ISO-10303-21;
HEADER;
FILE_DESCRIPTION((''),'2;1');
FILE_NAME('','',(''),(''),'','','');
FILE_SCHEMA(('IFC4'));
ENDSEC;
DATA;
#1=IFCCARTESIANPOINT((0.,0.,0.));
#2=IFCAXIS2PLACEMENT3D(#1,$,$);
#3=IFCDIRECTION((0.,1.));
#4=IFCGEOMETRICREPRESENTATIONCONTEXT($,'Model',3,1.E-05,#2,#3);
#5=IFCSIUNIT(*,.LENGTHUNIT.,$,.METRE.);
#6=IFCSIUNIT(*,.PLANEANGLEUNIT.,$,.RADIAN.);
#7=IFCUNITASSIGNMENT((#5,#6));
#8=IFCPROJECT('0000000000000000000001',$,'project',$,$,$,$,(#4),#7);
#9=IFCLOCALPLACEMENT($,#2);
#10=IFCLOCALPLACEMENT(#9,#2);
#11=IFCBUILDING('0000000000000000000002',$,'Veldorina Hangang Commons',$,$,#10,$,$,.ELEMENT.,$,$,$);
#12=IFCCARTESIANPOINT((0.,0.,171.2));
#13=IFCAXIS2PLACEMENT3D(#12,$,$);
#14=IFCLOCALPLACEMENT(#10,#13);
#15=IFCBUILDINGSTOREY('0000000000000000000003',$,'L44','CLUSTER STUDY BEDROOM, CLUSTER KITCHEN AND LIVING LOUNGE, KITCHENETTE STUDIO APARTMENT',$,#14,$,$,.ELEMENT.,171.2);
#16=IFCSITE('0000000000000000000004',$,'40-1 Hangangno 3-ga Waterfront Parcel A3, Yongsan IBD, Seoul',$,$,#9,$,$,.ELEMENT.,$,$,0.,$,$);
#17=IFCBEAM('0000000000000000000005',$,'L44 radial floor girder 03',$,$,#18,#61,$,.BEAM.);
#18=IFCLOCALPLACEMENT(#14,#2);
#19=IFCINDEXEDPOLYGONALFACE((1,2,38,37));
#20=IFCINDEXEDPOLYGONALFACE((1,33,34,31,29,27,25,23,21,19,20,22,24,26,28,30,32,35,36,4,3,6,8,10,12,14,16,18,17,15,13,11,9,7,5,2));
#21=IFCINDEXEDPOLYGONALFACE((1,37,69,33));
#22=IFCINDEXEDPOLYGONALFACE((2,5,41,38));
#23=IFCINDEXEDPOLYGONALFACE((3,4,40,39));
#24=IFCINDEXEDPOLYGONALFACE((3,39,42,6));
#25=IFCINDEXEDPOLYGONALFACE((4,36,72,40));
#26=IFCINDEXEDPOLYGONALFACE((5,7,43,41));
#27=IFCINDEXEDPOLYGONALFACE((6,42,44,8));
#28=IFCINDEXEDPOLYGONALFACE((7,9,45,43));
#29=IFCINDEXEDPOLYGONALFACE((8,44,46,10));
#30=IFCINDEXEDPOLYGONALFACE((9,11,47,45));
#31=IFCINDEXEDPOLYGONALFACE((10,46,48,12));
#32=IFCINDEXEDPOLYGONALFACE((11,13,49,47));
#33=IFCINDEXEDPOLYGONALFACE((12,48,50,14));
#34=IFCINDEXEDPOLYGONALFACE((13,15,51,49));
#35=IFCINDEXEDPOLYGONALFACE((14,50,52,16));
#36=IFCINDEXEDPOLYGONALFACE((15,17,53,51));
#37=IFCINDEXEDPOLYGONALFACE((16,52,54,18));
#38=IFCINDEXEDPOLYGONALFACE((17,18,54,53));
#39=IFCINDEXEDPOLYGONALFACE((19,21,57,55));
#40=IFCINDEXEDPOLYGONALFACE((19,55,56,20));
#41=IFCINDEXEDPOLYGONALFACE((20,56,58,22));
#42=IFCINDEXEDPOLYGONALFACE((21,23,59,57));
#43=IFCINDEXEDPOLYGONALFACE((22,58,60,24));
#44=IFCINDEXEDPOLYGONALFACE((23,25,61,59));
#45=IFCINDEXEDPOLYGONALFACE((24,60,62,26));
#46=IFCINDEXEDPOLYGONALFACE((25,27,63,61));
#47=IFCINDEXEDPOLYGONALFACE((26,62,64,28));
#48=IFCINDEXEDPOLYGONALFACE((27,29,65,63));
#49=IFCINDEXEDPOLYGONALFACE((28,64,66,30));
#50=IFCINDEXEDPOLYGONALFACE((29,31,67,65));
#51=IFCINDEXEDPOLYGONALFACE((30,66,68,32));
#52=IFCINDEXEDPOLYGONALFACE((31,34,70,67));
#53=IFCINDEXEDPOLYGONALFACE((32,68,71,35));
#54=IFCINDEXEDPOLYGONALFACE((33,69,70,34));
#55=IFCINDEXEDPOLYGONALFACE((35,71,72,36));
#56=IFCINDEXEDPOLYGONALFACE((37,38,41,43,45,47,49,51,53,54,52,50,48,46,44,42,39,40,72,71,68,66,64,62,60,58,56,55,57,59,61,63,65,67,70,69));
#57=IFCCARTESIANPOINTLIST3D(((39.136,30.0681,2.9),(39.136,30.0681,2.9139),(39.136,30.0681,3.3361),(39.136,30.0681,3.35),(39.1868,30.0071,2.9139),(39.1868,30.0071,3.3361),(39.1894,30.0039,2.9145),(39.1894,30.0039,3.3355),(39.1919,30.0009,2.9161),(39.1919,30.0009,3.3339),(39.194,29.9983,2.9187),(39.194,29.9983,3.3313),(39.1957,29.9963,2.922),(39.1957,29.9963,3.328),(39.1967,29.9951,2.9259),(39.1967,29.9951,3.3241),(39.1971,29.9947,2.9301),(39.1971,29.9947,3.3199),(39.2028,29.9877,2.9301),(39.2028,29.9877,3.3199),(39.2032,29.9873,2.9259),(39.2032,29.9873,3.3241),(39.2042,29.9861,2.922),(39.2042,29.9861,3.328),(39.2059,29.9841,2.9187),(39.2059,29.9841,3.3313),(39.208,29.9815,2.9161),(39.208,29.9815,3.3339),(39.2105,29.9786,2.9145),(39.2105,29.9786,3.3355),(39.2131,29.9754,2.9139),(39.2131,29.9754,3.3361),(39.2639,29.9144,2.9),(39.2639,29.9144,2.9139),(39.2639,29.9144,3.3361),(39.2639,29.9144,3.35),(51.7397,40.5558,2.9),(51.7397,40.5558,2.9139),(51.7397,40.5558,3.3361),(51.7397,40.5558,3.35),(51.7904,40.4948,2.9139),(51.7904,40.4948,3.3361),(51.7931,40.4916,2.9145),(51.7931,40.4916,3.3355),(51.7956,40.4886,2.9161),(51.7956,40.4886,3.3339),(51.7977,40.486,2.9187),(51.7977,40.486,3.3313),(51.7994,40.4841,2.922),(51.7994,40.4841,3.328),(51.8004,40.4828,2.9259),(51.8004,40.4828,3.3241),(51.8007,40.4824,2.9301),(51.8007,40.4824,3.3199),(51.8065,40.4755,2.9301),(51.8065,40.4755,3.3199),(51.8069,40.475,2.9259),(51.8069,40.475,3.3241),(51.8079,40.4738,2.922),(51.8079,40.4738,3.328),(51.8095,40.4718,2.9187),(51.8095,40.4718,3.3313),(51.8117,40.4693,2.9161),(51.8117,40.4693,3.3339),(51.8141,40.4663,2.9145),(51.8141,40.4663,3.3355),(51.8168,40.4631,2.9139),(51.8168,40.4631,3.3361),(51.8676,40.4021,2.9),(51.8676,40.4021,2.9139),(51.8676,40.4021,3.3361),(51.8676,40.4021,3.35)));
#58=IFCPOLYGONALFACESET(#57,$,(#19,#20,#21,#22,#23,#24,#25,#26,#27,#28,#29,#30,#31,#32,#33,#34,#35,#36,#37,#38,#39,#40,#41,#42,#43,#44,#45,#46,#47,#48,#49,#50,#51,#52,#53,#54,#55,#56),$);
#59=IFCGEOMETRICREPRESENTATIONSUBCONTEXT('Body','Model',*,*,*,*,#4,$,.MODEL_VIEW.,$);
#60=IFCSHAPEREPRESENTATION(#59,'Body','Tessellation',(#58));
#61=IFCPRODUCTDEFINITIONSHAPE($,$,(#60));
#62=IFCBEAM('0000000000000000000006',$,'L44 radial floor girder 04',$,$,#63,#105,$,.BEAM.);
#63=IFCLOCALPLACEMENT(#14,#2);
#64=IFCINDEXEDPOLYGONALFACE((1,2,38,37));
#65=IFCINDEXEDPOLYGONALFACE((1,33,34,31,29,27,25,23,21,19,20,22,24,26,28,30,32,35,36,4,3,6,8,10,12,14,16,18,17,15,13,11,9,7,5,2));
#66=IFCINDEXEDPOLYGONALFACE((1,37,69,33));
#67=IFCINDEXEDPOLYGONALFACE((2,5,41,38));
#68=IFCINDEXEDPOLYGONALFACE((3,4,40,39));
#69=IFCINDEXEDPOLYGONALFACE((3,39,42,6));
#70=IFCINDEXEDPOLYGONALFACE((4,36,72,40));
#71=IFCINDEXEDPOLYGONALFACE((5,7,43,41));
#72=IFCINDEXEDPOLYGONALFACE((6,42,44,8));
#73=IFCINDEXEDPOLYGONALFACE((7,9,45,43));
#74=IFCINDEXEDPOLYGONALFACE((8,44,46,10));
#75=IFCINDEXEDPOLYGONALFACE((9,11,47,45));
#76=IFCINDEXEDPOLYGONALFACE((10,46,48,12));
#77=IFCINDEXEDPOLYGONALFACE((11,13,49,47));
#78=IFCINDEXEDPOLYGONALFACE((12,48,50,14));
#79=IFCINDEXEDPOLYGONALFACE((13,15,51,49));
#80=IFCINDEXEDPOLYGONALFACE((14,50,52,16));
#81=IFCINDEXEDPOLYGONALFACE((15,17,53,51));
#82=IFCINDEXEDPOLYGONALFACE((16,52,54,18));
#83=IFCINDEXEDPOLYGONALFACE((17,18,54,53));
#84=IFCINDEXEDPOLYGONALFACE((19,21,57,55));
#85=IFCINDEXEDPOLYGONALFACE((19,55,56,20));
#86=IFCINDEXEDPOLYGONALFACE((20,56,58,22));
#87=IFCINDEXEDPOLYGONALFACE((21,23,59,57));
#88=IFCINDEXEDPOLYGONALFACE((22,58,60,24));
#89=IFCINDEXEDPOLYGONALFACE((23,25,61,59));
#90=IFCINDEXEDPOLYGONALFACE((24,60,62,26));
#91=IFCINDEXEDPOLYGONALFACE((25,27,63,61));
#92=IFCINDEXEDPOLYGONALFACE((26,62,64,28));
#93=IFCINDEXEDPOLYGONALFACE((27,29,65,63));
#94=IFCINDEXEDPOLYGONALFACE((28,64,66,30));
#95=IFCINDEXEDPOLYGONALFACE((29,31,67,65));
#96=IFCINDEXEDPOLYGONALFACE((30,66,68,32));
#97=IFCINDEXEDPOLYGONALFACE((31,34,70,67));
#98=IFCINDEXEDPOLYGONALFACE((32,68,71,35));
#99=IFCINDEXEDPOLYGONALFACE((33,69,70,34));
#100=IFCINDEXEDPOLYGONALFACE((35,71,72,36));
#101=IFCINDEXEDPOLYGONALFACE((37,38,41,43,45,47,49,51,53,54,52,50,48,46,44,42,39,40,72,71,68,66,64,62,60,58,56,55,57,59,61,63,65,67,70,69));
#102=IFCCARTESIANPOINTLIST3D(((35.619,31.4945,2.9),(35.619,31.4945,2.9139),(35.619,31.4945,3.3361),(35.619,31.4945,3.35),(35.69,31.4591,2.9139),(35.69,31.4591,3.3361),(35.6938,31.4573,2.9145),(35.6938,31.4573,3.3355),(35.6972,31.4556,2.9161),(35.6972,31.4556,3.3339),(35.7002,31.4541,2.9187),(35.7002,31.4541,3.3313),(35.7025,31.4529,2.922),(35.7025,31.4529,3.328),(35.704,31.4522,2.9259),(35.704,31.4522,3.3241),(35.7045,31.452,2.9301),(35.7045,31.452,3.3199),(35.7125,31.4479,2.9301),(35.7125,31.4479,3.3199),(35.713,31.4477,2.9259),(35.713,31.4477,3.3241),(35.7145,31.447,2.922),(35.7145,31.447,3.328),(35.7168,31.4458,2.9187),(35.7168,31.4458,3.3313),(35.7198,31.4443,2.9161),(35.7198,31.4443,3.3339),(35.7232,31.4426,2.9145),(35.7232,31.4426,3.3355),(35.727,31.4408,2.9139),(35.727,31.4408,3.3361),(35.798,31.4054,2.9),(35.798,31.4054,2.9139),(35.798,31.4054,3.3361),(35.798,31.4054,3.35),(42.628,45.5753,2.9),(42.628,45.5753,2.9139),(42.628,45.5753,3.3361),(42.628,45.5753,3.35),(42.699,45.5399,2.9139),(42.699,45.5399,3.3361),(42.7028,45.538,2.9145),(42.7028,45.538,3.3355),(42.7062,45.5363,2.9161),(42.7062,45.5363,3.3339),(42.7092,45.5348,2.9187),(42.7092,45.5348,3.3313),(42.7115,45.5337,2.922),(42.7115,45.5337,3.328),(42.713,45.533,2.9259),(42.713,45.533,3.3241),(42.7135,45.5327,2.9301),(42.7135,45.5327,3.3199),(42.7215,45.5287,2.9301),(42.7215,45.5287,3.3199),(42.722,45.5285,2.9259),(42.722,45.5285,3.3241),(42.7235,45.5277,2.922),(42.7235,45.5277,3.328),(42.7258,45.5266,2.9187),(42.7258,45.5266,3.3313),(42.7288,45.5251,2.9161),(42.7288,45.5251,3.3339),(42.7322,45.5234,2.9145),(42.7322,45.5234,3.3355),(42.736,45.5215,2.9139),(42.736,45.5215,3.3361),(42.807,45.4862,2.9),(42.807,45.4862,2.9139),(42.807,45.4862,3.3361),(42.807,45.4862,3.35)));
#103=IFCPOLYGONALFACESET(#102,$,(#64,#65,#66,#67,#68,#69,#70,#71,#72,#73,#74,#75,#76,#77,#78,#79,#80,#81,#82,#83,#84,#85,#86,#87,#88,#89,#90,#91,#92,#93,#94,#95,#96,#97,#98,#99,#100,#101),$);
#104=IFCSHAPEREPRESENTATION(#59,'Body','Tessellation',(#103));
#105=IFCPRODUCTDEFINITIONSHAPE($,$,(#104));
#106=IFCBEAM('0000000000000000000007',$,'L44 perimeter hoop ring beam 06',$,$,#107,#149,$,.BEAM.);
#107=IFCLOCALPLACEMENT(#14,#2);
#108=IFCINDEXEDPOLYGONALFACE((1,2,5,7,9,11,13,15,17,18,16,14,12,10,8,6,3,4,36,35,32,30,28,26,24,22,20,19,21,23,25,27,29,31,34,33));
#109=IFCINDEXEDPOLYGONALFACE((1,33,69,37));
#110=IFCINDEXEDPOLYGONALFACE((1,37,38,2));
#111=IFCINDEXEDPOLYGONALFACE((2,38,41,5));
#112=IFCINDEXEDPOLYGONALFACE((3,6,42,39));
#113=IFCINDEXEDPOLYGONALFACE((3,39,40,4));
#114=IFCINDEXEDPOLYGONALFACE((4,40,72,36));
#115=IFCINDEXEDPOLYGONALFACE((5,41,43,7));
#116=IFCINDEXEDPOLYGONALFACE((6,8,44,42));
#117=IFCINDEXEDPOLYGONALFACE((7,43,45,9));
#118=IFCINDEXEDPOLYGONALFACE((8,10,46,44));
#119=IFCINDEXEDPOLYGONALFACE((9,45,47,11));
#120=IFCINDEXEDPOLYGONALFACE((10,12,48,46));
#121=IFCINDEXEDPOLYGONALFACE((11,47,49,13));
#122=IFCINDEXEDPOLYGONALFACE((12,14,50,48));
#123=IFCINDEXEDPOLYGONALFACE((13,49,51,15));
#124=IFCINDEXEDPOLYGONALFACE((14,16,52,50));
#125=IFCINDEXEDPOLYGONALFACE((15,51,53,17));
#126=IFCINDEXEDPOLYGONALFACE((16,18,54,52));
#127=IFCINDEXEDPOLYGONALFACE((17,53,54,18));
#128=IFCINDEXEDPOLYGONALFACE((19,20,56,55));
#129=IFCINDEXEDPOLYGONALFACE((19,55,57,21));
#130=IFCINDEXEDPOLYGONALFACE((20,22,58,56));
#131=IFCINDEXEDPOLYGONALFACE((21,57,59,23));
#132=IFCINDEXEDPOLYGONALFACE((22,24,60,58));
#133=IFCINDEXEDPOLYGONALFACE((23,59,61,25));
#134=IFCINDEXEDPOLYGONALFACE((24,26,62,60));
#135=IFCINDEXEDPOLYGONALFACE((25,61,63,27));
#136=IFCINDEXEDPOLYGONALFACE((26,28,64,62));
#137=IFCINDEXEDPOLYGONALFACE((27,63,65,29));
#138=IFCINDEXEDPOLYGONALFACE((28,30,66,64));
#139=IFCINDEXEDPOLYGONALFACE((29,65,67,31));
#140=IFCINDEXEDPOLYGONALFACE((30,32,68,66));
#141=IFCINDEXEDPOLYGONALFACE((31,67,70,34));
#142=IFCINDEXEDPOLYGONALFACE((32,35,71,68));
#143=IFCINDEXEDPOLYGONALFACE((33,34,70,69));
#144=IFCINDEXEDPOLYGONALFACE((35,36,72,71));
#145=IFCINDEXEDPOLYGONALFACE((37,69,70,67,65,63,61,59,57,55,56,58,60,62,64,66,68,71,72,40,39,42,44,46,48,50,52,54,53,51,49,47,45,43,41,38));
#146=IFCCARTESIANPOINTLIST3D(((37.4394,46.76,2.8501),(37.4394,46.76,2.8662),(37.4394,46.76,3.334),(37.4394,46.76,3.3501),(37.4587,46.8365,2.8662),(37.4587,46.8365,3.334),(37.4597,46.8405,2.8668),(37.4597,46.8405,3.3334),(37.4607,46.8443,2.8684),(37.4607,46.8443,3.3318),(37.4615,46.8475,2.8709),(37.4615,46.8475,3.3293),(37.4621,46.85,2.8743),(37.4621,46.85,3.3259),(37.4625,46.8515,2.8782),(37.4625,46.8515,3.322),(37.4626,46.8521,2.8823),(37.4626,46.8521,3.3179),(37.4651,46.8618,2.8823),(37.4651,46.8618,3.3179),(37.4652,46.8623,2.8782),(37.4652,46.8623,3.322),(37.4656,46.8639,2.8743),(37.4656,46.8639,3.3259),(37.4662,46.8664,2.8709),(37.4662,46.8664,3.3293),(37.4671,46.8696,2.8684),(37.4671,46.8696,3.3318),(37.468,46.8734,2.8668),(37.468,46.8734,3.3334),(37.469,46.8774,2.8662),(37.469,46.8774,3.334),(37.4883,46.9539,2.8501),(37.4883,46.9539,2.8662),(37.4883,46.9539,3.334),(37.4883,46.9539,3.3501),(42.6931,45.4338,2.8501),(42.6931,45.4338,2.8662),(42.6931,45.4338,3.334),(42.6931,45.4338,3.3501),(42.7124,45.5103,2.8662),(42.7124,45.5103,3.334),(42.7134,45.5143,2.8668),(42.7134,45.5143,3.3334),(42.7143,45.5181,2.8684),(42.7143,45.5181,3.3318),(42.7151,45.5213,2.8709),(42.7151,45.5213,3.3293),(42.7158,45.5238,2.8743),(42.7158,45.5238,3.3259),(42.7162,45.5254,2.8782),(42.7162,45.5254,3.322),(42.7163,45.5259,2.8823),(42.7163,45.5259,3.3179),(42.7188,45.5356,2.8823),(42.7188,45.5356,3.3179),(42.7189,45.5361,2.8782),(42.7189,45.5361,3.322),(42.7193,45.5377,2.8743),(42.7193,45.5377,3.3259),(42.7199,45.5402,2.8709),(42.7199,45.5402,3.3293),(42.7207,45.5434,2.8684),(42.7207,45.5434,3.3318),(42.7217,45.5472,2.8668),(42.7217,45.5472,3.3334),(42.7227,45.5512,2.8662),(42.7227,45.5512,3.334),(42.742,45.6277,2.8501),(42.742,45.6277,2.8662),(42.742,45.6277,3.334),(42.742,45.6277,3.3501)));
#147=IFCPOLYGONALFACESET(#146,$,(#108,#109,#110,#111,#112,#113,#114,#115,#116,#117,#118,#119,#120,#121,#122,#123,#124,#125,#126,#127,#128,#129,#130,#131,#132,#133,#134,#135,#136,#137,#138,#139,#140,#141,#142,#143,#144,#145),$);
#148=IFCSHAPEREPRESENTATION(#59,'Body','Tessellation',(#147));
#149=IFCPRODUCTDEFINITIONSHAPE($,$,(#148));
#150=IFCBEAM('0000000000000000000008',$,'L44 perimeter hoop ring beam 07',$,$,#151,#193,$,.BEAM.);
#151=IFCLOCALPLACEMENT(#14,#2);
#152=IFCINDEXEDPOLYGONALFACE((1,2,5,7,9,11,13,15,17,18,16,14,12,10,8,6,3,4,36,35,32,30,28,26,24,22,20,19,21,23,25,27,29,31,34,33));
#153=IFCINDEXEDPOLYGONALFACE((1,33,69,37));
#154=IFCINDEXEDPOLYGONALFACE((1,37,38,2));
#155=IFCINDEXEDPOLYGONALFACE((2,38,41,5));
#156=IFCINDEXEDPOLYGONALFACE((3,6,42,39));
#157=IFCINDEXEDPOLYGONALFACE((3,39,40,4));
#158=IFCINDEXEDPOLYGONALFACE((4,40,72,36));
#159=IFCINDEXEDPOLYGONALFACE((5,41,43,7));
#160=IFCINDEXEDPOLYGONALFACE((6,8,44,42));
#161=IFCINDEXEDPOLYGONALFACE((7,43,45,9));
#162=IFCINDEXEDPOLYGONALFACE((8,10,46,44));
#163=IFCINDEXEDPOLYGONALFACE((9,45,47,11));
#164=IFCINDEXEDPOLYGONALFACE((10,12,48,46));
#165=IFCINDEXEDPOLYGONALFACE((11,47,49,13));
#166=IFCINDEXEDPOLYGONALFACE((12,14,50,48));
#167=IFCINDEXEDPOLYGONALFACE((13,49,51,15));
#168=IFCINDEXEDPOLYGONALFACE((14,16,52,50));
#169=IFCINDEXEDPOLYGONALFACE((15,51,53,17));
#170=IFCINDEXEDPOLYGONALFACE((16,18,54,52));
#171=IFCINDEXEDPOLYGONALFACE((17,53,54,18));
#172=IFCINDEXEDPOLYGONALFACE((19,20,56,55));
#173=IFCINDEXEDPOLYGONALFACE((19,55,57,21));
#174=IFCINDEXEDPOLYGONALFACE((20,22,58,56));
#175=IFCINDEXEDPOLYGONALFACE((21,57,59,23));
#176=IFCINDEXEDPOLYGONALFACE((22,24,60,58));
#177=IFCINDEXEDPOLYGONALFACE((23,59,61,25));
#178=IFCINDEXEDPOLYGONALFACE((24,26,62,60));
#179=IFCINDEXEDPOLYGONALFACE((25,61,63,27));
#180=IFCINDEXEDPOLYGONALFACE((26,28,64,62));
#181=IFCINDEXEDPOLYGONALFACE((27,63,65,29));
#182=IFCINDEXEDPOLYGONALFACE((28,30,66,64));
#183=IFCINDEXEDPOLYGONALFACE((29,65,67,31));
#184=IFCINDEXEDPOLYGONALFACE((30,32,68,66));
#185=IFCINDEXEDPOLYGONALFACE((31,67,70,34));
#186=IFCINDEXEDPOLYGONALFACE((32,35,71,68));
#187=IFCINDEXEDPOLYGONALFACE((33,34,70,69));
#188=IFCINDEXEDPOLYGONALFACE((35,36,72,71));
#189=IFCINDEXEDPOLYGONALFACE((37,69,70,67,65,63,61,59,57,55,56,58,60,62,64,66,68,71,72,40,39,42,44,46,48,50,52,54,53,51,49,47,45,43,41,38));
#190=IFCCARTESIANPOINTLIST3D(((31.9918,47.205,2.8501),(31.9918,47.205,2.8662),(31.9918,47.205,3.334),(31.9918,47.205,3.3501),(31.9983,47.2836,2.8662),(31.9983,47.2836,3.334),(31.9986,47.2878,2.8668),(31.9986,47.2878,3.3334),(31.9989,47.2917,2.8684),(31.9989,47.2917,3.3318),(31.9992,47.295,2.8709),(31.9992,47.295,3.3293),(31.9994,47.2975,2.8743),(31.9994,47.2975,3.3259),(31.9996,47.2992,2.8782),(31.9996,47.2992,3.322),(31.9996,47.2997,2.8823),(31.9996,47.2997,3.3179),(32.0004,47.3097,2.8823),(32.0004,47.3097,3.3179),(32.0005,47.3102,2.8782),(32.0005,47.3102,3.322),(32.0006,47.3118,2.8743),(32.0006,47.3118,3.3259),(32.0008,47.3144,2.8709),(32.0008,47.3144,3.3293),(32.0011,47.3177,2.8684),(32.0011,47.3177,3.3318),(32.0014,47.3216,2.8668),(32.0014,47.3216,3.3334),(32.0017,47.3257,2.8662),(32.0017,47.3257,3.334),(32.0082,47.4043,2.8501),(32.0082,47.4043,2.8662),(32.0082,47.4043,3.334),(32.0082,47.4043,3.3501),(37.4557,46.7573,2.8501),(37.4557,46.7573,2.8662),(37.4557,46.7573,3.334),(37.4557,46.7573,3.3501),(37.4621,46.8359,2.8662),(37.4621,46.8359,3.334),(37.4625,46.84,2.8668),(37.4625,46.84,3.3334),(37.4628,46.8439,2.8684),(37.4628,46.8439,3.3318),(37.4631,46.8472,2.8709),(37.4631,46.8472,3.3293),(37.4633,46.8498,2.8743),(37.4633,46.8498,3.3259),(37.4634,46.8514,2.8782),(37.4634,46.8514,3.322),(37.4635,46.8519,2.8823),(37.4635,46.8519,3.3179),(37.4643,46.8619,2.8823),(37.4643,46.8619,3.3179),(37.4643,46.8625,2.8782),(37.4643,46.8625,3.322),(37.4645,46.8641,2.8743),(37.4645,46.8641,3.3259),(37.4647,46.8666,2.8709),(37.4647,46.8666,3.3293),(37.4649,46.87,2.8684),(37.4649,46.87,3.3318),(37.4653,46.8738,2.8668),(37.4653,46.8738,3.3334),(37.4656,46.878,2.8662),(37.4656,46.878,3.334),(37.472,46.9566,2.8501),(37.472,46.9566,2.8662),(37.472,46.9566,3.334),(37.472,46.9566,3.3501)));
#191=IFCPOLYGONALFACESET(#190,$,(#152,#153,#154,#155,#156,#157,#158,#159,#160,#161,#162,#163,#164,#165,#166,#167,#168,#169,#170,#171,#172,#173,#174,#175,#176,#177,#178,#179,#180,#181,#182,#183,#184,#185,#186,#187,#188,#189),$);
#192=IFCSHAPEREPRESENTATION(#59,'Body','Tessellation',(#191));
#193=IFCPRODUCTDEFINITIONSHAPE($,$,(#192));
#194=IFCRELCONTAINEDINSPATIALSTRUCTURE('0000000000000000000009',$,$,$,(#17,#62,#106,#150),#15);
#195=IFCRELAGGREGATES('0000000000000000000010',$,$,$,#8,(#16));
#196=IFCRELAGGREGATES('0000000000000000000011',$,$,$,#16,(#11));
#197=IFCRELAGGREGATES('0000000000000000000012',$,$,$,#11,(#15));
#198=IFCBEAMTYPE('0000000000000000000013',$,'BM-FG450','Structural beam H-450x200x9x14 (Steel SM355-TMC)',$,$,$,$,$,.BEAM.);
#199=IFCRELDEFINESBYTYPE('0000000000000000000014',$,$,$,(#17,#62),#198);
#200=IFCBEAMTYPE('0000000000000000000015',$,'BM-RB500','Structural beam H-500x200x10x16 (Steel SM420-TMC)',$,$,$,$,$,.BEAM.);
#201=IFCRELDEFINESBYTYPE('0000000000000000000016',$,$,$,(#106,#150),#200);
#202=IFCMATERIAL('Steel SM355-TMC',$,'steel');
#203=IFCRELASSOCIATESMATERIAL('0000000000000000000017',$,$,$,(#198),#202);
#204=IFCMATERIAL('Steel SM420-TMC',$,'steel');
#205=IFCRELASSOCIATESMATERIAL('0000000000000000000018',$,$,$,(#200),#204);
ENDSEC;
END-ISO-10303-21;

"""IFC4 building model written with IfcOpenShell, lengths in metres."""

from ifc_helpers import new_model, si_unit, direction, frame, origin, origin_2d, place, context, subcontext, project, spatial, i_section, extrude, material, material_profile, profile_set, type_object, element, save


model = new_model("IFC4")

# Units and contexts
model_context = context("Model", 3, precision=1e-05, world=origin(), true_north=direction((0.0, 1.0)))
body_context = subcontext(model_context, "Body", "Model", "MODEL_VIEW")
ifc_project = project(units=[si_unit("LENGTHUNIT", "METRE"), si_unit("PLANEANGLEUNIT", "RADIAN")], contexts=[model_context])

# Site, building, storey
site_placement = place(None, origin())
site = spatial("IfcSite", under=ifc_project, at=site_placement, Name="40-1 Hangangno 3-ga Waterfront Parcel A3, Yongsan IBD, Seoul", CompositionType="ELEMENT", RefElevation=0.0)
building_placement = place(site_placement, origin())
building = spatial("IfcBuilding", under=site, at=building_placement, Name="Veldorina Hangang Commons", CompositionType="ELEMENT")
storey_placement = place(building_placement, frame((0.0, 0.0, 171.2)))
storey = spatial("IfcBuildingStorey", under=building, at=storey_placement, Name="L44", Description="CLUSTER STUDY BEDROOM, CLUSTER KITCHEN AND LIVING LOUNGE, KITCHENETTE STUDIO APARTMENT", CompositionType="ELEMENT", Elevation=171.2)

# Beams
ifc_material_1 = material(Name="Steel SM355-TMC", Category="steel")
ifc_material_profile_1 = material_profile(ifc_material_1, i_section(OverallWidth=0.2, OverallDepth=0.45, WebThickness=0.009, FlangeThickness=0.0139, FilletRadius=0.0161, at=origin_2d()), Name="H-450x200x9x14")
ifc_profile_set_1 = profile_set([ifc_material_profile_1], Name="Steel SM355-TMC")
beam_type_1 = type_object("IfcBeamType", Name="BM-FG450", Description="Structural beam H-450x200x9x14 (Steel SM355-TMC)", PredefinedType="BEAM", material=ifc_profile_set_1)
beam_1_placement = place(storey_placement, frame((39.2, 29.9912, 3.125), z_axis=(0.768681, 0.639632, 0.0), x_axis=(-0.639632, 0.768681, 0.0)))
element("IfcBeam", 1, at=beam_1_placement, inside=storey, type_object=beam_type_1, Name="L44 radial floor girder 03", PredefinedType="BEAM", context=body_context, shape_type="SweptSolid", body=[
    extrude(i_section(OverallWidth=0.2, OverallDepth=0.45, WebThickness=0.009, FlangeThickness=0.0139, FilletRadius=0.0161, at=origin_2d()), origin(), (0.0, 0.0, 1.0), 16.3965),
])
beam_2_placement = place(storey_placement, frame((35.7085, 31.45, 3.125), z_axis=(0.445617, 0.895224, 0.0), x_axis=(-0.895224, 0.445617, 0.0)))
element("IfcBeam", 2, at=beam_2_placement, inside=storey, type_object=beam_type_1, Name="L44 radial floor girder 04", PredefinedType="BEAM", context=body_context, shape_type="SweptSolid", body=[
    extrude(i_section(OverallWidth=0.2, OverallDepth=0.45, WebThickness=0.009, FlangeThickness=0.0139, FilletRadius=0.0161, at=origin_2d()), origin(), (0.0, 0.0, 1.0), 15.7288),
])
ifc_material_2 = material(Name="Steel SM420-TMC", Category="steel")
ifc_material_profile_2 = material_profile(ifc_material_2, i_section(OverallWidth=0.2, OverallDepth=0.5, WebThickness=0.01, FlangeThickness=0.0161, FilletRadius=0.0161, at=origin_2d()), Name="H-500x200x10x16")
ifc_profile_set_2 = profile_set([ifc_material_profile_2], Name="Steel SM420-TMC")
beam_type_2 = type_object("IfcBeamType", Name="BM-RB500", Description="Structural beam H-500x200x10x16 (Steel SM420-TMC)", PredefinedType="BEAM", material=ifc_profile_set_2)
beam_3_placement = place(storey_placement, frame((42.7175, 45.5308, 3.1001), z_axis=(-0.969586, 0.244751, 0.0), x_axis=(-0.244751, -0.969586, 0.0)))
element("IfcBeam", 3, at=beam_3_placement, inside=storey, type_object=beam_type_2, Name="L44 perimeter hoop ring beam 06", PredefinedType="BEAM", context=body_context, shape_type="SweptSolid", body=[
    extrude(i_section(OverallWidth=0.2, OverallDepth=0.5, WebThickness=0.01, FlangeThickness=0.0161, FilletRadius=0.0161, at=origin_2d()), origin(), (0.0, 0.0, 1.0), 5.4185),
])
beam_4_placement = place(storey_placement, frame((37.4639, 46.8569, 3.1001), z_axis=(-0.996659, 0.081674, 0.0), x_axis=(-0.081674, -0.996659, 0.0)))
element("IfcBeam", 4, at=beam_4_placement, inside=storey, type_object=beam_type_2, Name="L44 perimeter hoop ring beam 07", PredefinedType="BEAM", context=body_context, shape_type="SweptSolid", body=[
    extrude(i_section(OverallWidth=0.2, OverallDepth=0.5, WebThickness=0.01, FlangeThickness=0.0161, FilletRadius=0.0161, at=origin_2d()), origin(), (0.0, 0.0, 1.0), 5.4822),
])

save(model, "model.ifc")
